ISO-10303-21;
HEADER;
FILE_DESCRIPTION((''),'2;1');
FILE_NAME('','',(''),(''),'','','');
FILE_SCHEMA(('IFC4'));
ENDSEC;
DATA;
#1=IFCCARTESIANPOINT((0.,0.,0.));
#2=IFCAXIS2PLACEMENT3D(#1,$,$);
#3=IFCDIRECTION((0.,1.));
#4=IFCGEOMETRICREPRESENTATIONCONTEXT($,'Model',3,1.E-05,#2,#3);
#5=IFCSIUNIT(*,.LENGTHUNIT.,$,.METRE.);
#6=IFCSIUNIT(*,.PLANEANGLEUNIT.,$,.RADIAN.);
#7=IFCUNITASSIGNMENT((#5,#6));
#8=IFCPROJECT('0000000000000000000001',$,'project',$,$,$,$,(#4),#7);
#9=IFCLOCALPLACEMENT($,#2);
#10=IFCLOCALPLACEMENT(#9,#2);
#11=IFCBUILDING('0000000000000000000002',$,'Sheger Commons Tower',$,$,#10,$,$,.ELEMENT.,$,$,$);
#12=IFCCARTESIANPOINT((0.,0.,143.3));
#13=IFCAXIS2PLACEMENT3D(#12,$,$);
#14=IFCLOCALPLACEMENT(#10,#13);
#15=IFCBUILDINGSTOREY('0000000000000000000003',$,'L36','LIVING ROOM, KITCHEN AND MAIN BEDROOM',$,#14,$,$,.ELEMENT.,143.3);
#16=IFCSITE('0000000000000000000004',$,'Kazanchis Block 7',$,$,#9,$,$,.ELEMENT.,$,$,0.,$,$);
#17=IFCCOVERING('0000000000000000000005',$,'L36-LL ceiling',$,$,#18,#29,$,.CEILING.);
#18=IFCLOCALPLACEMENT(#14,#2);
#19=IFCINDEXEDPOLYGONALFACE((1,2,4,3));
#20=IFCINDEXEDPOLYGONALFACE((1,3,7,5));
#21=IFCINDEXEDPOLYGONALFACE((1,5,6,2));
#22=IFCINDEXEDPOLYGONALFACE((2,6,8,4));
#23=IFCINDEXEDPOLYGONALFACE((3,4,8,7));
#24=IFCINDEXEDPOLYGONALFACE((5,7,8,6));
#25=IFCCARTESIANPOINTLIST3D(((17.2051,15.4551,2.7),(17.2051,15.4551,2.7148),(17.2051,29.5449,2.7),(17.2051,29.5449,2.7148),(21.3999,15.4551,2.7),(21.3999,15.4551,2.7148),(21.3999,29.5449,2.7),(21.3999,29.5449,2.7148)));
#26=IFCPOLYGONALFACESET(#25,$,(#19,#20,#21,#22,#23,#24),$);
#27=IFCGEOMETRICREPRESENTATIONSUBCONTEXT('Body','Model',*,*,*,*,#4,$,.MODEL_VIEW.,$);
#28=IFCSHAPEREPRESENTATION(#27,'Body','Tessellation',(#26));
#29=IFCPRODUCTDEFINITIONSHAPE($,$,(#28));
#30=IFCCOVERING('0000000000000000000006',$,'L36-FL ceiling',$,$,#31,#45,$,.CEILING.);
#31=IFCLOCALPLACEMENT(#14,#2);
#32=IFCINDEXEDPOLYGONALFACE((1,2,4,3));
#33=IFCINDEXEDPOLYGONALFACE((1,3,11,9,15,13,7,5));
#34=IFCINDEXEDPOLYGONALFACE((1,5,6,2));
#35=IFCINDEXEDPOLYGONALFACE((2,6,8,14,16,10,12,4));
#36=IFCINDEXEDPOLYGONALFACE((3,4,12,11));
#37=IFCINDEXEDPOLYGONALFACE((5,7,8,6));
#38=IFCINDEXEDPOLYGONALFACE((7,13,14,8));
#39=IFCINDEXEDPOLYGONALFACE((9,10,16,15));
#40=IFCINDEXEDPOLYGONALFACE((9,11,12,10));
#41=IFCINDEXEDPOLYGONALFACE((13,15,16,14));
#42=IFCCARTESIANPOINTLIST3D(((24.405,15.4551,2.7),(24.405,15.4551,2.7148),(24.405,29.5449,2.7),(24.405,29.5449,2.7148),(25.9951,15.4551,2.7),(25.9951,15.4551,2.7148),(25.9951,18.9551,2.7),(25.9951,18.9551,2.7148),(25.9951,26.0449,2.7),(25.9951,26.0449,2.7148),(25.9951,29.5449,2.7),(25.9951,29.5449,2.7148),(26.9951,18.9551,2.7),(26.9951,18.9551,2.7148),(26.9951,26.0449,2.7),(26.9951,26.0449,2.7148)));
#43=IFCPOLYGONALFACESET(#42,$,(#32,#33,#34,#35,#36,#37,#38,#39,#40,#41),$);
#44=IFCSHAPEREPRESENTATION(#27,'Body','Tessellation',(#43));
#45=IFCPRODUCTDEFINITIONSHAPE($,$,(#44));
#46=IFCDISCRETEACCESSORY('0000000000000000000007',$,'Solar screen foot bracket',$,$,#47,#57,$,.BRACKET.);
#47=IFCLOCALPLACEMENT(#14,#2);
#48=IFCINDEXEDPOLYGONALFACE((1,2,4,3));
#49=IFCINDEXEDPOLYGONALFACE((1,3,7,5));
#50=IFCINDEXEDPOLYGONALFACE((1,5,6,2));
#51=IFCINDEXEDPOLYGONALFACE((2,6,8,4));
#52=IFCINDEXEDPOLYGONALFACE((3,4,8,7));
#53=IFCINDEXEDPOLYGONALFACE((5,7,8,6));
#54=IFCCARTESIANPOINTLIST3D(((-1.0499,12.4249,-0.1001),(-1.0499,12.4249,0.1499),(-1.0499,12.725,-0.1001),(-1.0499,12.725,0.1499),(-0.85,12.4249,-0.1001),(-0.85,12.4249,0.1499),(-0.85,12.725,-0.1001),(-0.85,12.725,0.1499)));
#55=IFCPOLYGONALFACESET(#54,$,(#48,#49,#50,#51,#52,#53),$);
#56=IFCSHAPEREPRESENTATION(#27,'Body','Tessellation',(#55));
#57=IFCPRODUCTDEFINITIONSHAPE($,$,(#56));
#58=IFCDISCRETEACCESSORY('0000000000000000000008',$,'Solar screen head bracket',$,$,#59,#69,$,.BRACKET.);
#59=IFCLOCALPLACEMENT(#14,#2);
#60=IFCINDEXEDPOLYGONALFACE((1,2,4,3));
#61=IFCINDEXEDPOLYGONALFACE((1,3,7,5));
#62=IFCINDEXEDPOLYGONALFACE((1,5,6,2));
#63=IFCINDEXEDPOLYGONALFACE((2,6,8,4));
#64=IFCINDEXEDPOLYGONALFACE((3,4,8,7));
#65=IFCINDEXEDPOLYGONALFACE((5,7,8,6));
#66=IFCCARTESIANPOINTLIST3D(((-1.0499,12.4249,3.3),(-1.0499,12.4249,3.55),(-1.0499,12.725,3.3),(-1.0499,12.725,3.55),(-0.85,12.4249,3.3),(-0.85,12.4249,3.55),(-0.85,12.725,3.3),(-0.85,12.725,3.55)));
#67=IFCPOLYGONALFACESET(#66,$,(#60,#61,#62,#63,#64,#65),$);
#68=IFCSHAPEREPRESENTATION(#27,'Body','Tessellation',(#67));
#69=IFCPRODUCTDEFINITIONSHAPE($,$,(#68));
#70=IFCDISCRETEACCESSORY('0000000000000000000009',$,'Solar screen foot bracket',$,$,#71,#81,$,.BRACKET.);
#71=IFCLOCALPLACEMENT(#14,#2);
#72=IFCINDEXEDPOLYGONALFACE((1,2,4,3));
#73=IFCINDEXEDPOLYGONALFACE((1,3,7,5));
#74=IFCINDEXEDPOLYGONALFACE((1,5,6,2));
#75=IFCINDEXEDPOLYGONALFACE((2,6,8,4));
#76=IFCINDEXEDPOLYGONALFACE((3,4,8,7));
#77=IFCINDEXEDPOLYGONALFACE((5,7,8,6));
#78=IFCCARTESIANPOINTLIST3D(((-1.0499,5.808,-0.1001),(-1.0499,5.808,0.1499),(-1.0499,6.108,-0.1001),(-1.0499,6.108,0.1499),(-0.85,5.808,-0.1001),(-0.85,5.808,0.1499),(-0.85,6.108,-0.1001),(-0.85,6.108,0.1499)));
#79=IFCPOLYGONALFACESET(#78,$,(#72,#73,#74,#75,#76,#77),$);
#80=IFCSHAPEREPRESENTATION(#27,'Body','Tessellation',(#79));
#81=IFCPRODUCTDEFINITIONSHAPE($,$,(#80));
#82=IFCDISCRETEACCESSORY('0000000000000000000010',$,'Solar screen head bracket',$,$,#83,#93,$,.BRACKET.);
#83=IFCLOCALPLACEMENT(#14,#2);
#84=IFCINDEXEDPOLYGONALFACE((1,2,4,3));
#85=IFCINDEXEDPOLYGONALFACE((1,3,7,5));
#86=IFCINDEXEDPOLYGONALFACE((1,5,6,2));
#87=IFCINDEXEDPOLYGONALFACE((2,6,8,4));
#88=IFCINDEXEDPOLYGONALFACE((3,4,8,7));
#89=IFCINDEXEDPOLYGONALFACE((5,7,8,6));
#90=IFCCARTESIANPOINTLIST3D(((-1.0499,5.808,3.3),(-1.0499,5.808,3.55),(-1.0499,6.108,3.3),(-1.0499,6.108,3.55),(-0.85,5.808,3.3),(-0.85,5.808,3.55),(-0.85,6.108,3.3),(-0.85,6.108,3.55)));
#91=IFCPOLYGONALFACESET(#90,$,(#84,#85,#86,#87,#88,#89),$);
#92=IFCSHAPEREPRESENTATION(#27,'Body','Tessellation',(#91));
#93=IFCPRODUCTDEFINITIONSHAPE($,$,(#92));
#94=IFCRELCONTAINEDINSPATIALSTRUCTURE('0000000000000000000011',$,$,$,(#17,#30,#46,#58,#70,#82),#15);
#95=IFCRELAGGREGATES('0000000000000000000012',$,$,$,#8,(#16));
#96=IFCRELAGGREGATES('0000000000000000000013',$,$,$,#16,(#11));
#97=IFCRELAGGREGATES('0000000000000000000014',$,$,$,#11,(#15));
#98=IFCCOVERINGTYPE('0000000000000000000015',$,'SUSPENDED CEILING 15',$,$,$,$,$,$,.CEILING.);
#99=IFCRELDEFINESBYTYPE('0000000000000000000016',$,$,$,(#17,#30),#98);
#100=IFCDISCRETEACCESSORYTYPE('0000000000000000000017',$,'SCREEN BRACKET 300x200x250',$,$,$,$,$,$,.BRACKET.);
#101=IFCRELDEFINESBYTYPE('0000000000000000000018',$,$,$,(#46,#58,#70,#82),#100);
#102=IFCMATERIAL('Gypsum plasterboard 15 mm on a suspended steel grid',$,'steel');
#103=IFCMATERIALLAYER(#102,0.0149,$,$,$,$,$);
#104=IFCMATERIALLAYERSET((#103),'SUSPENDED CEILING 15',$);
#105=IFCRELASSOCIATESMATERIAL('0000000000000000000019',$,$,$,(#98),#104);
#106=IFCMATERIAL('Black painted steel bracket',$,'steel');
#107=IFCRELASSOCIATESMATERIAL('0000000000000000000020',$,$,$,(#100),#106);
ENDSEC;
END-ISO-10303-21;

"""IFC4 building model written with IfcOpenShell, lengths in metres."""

from ifc_helpers import new_model, si_unit, direction, frame, origin, origin_2d, place, context, subcontext, project, spatial, polyline, rectangle, outline, extrude, material, layer, layer_set, type_object, element, save


model = new_model("IFC4")

# Units and contexts
model_context = context("Model", 3, precision=1e-05, world=origin(), true_north=direction((0.0, 1.0)))
body_context = subcontext(model_context, "Body", "Model", "MODEL_VIEW")
ifc_project = project(units=[si_unit("LENGTHUNIT", "METRE"), si_unit("PLANEANGLEUNIT", "RADIAN")], contexts=[model_context])

# Site, building, storey
site_placement = place(None, origin())
site = spatial("IfcSite", under=ifc_project, at=site_placement, Name="Kazanchis Block 7", CompositionType="ELEMENT", RefElevation=0.0)
building_placement = place(site_placement, origin())
building = spatial("IfcBuilding", under=site, at=building_placement, Name="Sheger Commons Tower", CompositionType="ELEMENT")
storey_placement = place(building_placement, frame((0.0, 0.0, 143.3)))
storey = spatial("IfcBuildingStorey", under=building, at=storey_placement, Name="L36", Description="LIVING ROOM, KITCHEN AND MAIN BEDROOM", CompositionType="ELEMENT", Elevation=143.3)

# Coverings
ifc_material_1 = material(Name="Gypsum plasterboard 15 mm on a suspended steel grid", Category="steel")
ifc_layer_1 = layer(ifc_material_1, 0.0149)
ifc_layer_set_1 = layer_set([ifc_layer_1], Name="SUSPENDED CEILING 15")
covering_type_1 = type_object("IfcCoveringType", Name="SUSPENDED CEILING 15", PredefinedType="CEILING", material=ifc_layer_set_1)
covering_1_placement = place(storey_placement, frame((0.0, 0.0, 2.7)))
element("IfcCovering", 1, at=covering_1_placement, inside=storey, type_object=covering_type_1, Name="L36-LL ceiling", PredefinedType="CEILING", context=body_context, shape_type="SweptSolid", body=[
    extrude(outline(polyline([(17.2051, 15.4551), (21.3999, 15.4551), (21.3999, 29.5449), (17.2051, 29.5449), (17.2051, 15.4551)])), origin(), (0.0, 0.0, 1.0), 0.0149),
])
covering_2_placement = place(storey_placement, frame((0.0, 0.0, 2.7)))
element("IfcCovering", 2, at=covering_2_placement, inside=storey, type_object=covering_type_1, Name="L36-FL ceiling", PredefinedType="CEILING", context=body_context, shape_type="SweptSolid", body=[
    extrude(outline(polyline([(24.405, 15.4551), (25.9951, 15.4551), (25.9951, 18.9551), (26.9951, 18.9551), (26.9951, 26.0449), (25.9951, 26.0449), (25.9951, 29.5449), (24.405, 29.5449), (24.405, 15.4551)])), origin(), (0.0, 0.0, 1.0), 0.0149),
])

# Discrete accessories
ifc_material_2 = material(Name="Black painted steel bracket", Category="steel")
discrete_accessory_type = type_object("IfcDiscreteAccessoryType", Name="SCREEN BRACKET 300x200x250", PredefinedType="BRACKET", material=ifc_material_2)
for number, where, z_axis, x_axis, name in (
    (3, (-0.95, 12.575, -0.1001), (0.0, 0.0, 1.0), (0.0, -1.0, 0.0), "Solar screen foot bracket"),
    (4, (-0.95, 12.575, 3.3), (0.0, 0.0, 1.0), (0.0, -1.0, 0.0), "Solar screen head bracket"),
    (5, (-0.95, 5.958, -0.1001), (0.0, 0.0, 1.0), (0.0, -1.0, 0.0), "Solar screen foot bracket"),
    (6, (-0.95, 5.958, 3.3), (0.0, 0.0, 1.0), (0.0, -1.0, 0.0), "Solar screen head bracket"),
):
    element("IfcDiscreteAccessory", number, at=place(storey_placement, frame(where, z_axis=z_axis, x_axis=x_axis)), inside=storey, type_object=discrete_accessory_type, Name=name, PredefinedType="BRACKET", context=body_context, shape_type="SweptSolid", body=[
        extrude(rectangle(XDim=0.3, YDim=0.2, at=origin_2d()), origin(), (0.0, 0.0, 1.0), 0.25),
    ])

save(model, "model.ifc")
